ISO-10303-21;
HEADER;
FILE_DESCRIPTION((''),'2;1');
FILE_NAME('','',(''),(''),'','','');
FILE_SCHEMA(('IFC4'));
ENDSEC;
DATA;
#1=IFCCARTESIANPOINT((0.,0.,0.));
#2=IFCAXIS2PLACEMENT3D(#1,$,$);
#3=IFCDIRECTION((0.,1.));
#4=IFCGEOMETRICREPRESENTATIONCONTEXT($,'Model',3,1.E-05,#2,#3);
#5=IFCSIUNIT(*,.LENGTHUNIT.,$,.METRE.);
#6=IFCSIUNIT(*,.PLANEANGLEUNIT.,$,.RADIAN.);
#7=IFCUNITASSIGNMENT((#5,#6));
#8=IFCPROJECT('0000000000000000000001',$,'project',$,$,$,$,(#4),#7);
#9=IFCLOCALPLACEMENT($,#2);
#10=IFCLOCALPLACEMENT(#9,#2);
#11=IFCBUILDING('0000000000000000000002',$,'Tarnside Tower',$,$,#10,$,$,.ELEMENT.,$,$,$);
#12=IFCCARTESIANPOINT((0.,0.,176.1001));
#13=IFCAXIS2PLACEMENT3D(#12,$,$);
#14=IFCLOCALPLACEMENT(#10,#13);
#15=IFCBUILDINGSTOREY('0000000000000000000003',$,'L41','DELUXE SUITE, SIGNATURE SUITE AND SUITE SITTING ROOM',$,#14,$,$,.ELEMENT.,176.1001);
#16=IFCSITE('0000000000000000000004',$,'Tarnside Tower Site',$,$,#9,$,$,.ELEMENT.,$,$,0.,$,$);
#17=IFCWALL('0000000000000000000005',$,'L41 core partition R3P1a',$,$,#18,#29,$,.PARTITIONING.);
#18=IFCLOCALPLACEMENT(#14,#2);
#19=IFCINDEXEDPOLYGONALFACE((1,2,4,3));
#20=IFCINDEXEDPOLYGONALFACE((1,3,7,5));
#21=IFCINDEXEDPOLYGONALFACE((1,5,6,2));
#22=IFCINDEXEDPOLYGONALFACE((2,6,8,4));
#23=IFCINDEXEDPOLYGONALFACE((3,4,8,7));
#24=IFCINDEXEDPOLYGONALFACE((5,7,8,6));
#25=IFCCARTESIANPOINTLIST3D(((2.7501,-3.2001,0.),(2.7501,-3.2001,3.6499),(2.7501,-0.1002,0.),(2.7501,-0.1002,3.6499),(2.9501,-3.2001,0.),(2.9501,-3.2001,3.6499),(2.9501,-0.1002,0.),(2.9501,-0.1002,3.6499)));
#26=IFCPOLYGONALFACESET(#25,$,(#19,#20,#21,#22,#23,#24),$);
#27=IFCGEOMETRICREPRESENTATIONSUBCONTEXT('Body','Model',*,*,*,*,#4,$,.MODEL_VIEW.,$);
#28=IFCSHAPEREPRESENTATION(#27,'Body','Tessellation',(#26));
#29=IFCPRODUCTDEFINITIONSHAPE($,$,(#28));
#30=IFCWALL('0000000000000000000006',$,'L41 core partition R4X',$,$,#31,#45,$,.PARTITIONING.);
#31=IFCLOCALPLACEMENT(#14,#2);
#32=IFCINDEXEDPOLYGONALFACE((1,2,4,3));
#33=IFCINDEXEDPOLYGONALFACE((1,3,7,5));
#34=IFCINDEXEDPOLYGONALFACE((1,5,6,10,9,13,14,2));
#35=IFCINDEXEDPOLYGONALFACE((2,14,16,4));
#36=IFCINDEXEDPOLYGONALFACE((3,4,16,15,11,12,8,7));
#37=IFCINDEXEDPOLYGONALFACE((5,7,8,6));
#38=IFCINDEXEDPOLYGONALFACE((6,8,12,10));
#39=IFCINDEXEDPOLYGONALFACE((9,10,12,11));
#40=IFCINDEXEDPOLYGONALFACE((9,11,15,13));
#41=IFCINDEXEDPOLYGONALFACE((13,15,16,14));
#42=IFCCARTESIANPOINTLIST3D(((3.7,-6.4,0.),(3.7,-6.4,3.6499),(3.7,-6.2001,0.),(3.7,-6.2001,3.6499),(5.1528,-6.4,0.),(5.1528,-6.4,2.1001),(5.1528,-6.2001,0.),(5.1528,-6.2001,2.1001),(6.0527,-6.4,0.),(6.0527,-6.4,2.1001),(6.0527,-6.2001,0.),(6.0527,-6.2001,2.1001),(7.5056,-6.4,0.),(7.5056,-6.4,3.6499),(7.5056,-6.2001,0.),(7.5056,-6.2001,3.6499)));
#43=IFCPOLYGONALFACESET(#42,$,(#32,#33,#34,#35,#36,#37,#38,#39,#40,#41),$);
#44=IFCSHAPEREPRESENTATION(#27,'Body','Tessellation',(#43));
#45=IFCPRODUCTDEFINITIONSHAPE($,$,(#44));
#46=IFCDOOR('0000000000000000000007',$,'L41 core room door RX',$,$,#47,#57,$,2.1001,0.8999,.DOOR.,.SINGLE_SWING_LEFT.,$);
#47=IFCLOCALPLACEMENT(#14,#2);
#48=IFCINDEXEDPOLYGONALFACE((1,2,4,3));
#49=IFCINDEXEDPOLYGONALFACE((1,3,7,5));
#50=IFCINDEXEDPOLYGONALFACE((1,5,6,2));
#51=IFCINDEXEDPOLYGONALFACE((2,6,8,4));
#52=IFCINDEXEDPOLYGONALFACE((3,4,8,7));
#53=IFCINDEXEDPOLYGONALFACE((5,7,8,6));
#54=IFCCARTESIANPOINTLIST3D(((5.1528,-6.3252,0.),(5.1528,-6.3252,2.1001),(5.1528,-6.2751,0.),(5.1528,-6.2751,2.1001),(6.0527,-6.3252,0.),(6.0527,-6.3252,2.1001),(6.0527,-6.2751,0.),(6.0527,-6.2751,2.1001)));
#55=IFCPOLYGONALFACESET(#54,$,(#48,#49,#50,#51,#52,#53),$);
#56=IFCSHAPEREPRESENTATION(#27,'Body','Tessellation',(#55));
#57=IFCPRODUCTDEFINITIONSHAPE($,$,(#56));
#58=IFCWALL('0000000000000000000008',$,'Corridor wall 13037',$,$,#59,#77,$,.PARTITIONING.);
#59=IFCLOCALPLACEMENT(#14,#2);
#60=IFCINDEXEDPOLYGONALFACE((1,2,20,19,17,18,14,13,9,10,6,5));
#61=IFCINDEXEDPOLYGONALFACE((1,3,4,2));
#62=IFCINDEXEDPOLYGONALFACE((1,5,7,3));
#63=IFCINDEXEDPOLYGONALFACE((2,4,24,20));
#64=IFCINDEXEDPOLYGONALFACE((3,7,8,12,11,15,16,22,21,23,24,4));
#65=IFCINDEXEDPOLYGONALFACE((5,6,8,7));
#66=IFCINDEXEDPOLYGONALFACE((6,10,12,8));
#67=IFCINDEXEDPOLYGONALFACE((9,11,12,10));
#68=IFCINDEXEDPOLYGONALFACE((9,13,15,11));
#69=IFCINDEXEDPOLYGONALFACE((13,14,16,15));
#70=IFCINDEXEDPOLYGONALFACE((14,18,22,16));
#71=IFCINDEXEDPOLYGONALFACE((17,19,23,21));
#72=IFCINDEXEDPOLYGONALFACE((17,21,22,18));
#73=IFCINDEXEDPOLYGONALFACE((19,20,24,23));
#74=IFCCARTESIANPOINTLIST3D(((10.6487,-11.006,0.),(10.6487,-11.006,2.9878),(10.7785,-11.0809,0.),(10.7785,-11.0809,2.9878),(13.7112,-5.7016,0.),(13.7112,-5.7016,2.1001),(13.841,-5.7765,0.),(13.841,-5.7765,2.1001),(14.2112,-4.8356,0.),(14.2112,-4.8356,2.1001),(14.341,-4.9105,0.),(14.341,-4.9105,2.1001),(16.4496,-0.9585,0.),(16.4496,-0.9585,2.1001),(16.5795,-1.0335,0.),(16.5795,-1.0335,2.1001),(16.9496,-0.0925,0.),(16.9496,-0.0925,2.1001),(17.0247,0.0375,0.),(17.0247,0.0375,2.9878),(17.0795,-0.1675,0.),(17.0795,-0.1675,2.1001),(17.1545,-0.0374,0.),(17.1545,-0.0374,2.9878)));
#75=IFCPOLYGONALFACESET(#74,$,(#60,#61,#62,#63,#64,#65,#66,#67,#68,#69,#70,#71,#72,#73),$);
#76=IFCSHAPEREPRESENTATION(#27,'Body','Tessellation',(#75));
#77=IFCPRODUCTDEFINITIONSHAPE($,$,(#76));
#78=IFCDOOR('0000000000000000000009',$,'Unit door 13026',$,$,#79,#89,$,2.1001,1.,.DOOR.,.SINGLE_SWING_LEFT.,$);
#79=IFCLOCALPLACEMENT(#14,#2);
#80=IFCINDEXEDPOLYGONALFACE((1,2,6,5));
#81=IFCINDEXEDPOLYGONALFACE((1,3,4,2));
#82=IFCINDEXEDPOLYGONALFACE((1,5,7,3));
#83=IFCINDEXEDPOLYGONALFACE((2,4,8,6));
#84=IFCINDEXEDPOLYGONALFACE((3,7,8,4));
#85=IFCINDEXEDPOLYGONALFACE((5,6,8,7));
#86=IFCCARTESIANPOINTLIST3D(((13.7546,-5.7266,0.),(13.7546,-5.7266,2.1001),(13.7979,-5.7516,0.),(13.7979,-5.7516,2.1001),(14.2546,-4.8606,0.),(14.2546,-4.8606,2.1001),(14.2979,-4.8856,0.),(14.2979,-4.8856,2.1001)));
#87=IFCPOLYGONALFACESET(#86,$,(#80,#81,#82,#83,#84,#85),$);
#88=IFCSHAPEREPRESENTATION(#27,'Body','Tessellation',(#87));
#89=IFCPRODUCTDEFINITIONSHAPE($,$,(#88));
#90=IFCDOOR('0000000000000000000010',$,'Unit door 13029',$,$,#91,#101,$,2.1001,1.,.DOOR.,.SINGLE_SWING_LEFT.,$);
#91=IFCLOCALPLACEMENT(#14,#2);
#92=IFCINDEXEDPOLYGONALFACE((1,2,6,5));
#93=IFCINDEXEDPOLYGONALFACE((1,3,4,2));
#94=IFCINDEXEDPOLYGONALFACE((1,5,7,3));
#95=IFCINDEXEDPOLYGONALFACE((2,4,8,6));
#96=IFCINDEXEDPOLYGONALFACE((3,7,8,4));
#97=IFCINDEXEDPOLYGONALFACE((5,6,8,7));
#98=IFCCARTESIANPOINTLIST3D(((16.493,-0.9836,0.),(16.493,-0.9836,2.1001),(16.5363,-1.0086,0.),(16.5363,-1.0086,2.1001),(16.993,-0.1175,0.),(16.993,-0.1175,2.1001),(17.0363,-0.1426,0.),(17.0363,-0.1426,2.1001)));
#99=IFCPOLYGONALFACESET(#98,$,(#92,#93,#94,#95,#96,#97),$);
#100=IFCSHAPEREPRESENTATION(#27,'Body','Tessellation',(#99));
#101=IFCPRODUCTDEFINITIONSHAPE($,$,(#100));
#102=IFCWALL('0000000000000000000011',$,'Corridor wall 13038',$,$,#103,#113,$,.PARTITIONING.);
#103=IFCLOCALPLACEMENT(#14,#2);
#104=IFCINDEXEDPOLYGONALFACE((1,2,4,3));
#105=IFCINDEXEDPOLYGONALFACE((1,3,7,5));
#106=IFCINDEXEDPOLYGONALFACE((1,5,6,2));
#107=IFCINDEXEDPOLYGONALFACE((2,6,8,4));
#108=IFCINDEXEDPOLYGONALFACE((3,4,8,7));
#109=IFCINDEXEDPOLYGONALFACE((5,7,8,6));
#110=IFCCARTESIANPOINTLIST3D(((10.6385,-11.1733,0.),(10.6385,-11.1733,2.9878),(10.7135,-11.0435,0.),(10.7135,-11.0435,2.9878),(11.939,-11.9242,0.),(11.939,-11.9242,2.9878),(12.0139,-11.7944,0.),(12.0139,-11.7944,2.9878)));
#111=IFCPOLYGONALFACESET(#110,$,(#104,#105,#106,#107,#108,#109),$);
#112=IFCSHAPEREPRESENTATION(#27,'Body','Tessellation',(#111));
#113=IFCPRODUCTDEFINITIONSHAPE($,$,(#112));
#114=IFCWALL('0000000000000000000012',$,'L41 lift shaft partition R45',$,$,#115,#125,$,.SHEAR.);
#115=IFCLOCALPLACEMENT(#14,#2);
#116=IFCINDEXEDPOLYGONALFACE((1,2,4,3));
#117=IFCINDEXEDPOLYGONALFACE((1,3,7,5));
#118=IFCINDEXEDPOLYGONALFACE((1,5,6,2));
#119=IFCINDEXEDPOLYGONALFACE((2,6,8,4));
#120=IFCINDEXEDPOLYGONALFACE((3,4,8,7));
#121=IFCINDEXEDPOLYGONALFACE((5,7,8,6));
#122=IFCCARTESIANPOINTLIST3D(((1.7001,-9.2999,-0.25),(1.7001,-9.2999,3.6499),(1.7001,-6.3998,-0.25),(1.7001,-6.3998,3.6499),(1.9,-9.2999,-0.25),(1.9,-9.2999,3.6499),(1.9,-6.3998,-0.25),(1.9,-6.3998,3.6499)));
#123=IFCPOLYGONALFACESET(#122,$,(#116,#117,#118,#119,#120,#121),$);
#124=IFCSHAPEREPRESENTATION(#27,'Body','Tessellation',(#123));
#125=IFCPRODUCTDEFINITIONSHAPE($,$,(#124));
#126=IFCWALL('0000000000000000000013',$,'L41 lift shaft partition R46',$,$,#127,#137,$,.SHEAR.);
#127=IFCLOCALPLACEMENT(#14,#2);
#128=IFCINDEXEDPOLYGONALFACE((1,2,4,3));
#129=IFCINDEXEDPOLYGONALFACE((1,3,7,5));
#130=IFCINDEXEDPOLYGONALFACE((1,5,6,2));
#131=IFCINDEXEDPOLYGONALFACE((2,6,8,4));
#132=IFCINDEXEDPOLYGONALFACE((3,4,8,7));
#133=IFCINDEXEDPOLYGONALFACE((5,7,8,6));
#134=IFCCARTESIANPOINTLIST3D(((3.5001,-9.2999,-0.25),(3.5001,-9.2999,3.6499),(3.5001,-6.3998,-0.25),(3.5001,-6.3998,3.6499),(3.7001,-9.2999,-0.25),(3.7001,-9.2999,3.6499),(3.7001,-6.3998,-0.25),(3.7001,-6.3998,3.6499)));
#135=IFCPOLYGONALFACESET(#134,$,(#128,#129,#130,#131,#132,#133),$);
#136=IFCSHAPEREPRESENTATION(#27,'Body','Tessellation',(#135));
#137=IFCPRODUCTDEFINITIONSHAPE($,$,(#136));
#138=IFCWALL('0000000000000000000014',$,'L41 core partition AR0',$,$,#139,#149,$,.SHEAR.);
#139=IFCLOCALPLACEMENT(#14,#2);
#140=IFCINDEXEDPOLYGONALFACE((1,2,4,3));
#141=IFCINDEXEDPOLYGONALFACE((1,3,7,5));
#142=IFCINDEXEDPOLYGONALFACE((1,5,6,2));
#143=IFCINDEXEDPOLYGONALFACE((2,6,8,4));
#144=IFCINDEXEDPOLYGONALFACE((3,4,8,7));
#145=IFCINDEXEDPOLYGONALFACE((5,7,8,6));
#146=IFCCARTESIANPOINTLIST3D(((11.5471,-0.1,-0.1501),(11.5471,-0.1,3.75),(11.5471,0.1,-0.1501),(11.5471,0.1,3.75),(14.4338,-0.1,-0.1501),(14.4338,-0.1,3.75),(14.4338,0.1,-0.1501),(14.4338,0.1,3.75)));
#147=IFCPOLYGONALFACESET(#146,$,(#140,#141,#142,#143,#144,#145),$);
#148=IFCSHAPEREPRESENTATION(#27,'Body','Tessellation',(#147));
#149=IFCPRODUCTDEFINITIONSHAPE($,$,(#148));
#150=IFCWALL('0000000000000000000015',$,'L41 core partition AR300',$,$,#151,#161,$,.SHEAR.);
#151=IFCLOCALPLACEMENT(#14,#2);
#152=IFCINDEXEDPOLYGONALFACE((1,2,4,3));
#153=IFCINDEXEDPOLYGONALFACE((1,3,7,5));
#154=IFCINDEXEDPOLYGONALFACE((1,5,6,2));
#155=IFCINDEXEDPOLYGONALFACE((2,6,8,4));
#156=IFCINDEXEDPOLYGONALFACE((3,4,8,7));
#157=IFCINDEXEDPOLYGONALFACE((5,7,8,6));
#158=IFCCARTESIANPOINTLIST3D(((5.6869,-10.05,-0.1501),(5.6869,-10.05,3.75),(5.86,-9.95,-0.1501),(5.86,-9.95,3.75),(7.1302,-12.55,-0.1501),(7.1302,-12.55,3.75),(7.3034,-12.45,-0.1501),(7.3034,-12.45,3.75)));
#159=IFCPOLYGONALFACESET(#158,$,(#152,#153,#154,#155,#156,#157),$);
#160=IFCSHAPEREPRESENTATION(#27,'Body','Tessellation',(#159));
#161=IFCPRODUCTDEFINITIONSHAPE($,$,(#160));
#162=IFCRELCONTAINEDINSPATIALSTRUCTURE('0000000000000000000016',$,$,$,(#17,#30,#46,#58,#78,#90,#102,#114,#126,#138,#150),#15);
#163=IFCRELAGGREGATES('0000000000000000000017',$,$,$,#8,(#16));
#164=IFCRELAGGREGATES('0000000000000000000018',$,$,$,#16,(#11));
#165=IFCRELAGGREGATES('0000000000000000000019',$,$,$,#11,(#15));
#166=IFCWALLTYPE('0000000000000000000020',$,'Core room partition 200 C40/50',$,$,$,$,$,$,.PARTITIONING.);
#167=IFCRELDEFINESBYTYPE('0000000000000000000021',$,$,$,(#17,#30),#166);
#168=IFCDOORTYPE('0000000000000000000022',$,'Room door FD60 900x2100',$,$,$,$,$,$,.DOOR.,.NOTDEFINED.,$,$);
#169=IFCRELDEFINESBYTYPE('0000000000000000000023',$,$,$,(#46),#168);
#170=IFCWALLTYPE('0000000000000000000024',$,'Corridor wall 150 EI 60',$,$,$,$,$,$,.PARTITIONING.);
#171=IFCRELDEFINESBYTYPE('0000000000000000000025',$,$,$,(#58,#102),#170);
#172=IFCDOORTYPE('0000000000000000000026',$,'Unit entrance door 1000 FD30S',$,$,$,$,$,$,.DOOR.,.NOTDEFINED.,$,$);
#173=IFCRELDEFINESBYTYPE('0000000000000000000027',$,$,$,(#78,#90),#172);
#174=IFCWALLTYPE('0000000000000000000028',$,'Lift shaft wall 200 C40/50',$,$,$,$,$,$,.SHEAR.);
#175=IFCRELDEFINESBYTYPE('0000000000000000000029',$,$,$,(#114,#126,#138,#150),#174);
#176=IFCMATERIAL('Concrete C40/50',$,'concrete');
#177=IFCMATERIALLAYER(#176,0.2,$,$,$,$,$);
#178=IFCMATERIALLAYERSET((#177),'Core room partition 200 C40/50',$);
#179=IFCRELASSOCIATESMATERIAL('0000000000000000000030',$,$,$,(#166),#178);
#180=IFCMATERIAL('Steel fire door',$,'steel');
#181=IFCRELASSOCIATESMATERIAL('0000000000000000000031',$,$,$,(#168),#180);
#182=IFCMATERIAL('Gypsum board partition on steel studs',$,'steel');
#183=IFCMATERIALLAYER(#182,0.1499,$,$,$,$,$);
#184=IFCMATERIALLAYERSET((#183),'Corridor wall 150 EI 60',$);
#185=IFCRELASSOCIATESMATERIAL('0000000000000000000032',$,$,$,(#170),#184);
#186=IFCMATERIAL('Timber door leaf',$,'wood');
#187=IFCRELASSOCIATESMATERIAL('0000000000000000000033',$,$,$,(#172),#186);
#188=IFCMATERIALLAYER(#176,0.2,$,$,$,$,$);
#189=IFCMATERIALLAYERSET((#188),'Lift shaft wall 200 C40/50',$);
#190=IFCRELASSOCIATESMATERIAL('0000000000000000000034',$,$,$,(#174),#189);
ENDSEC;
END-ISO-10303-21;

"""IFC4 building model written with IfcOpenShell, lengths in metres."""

from ifc_helpers import new_model, si_unit, direction, frame, frame_2d, origin, place, context, subcontext, project, spatial, rectangle, extrude, material, layer, layer_set, type_object, element, fill, save


model = new_model("IFC4")

# Units and contexts
model_context = context("Model", 3, precision=1e-05, world=origin(), true_north=direction((0.0, 1.0)))
body_context = subcontext(model_context, "Body", "Model", "MODEL_VIEW")
ifc_project = project(units=[si_unit("LENGTHUNIT", "METRE"), si_unit("PLANEANGLEUNIT", "RADIAN")], contexts=[model_context])

# Site, building, storey
site_placement = place(None, origin())
site = spatial("IfcSite", under=ifc_project, at=site_placement, Name="Tarnside Tower Site", CompositionType="ELEMENT", RefElevation=0.0)
building_placement = place(site_placement, origin())
building = spatial("IfcBuilding", under=site, at=building_placement, Name="Tarnside Tower", CompositionType="ELEMENT")
storey_placement = place(building_placement, frame((0.0, 0.0, 176.1001)))
storey = spatial("IfcBuildingStorey", under=building, at=storey_placement, Name="L41", Description="DELUXE SUITE, SIGNATURE SUITE AND SUITE SITTING ROOM", CompositionType="ELEMENT", Elevation=176.1001)

# Shared definitions
ifc_material_1 = material(Name="Concrete C40/50", Category="concrete")

# Shared definitions
ifc_material_2 = material(Name="Gypsum board partition on steel studs", Category="steel")
ifc_material_3 = material(Name="Timber door leaf", Category="wood")
ifc_material_4 = material(Name="Steel fire door", Category="steel")
ifc_layer_1 = layer(ifc_material_1, 0.2)
ifc_layer_set_1 = layer_set([ifc_layer_1], Name="Core room partition 200 C40/50")
wall_type_1 = type_object("IfcWallType", Name="Core room partition 200 C40/50", PredefinedType="PARTITIONING", material=ifc_layer_set_1)
door_type_1 = type_object("IfcDoorType", Name="Room door FD60 900x2100", OperationType="NOTDEFINED", PredefinedType="DOOR", material=ifc_material_4)

# Wall
wall_1_placement = place(storey_placement, frame((2.8501, -3.2, 0.0), z_axis=(0.0, 0.0, 1.0), x_axis=(0.0, 1.0, 0.0)))
element("IfcWall", 1, at=wall_1_placement, inside=storey, type_object=wall_type_1, Name="L41 core partition R3P1a", PredefinedType="PARTITIONING", context=body_context, shape_type="SweptSolid", body=[
    extrude(rectangle(XDim=3.0999, YDim=0.2, at=frame_2d((1.5498, 0.0))), origin(), (0.0, 0.0, 1.0), 3.6499),
])

# Wall, opening, door
wall_2_placement = place(storey_placement, frame((3.7, -6.3, 0.0), z_axis=(0.0, 0.0, 1.0), x_axis=(1.0, 0.0, 0.0)))
wall_2 = element("IfcWall", 2, at=wall_2_placement, inside=storey, type_object=wall_type_1, Name="L41 core partition R4X", PredefinedType="PARTITIONING", context=body_context, shape_type="SweptSolid", body=[
    extrude(rectangle(XDim=3.8057, YDim=0.2, at=frame_2d((1.9028, 0.0))), origin(), (0.0, 0.0, 1.0), 3.6499),
])
opening_1_placement = place(wall_2_placement, frame((1.4529, 0.0, 0.0)))
opening_1 = element("IfcOpeningElement", 3, at=opening_1_placement, cuts=wall_2, PredefinedType="OPENING", context=body_context, shape_type="SweptSolid", body=[
    extrude(rectangle(XDim=0.8999, YDim=2.1001, at=frame_2d((0.45, 1.05))), frame((0.0, 0.1099, 0.0), z_axis=(0.0, -1.0, 0.0), x_axis=(1.0, 0.0, 0.0)), (0.0, 0.0, 1.0), 0.22),
])
door_1_placement = place(opening_1_placement, origin())
door_1 = element("IfcDoor", 4, at=door_1_placement, inside=storey, type_object=door_type_1, Name="L41 core room door RX", OperationType="SINGLE_SWING_LEFT", OverallHeight=2.1001, OverallWidth=0.8999, PredefinedType="DOOR", context=body_context, shape_type="SweptSolid", body=[
    extrude(rectangle(XDim=0.8999, YDim=2.1001, at=frame_2d((0.45, 1.05))), frame((0.0, 0.0249, 0.0), z_axis=(0.0, -1.0, 0.0), x_axis=(1.0, 0.0, 0.0)), (0.0, 0.0, 1.0), 0.05),
])
fill(opening_1, door_1)

# Wall, openings, doors
ifc_layer_2 = layer(ifc_material_2, 0.1499)
ifc_layer_set_2 = layer_set([ifc_layer_2], Name="Corridor wall 150 EI 60")
wall_type_2 = type_object("IfcWallType", Name="Corridor wall 150 EI 60", PredefinedType="PARTITIONING", material=ifc_layer_set_2)
wall_3_placement = place(storey_placement, frame((10.7136, -11.0435, 0.0), z_axis=(0.0, 0.0, 1.0), x_axis=(0.500002, 0.866024, 0.0)))
wall_3 = element("IfcWall", 5, at=wall_3_placement, inside=storey, type_object=wall_type_2, Name="Corridor wall 13037", PredefinedType="PARTITIONING", context=body_context, shape_type="SweptSolid", body=[
    extrude(rectangle(XDim=12.752, YDim=0.1499, at=frame_2d((6.376, 0.0))), origin(), (0.0, 0.0, 1.0), 2.9878),
])
opening_2_placement = place(wall_3_placement, frame((6.125, 0.0, 0.0)))
opening_2 = element("IfcOpeningElement", 6, at=opening_2_placement, cuts=wall_3, PredefinedType="OPENING", context=body_context, shape_type="SweptSolid", body=[
    extrude(rectangle(XDim=1.0, YDim=2.1001, at=frame_2d((0.5, 1.05))), frame((0.0, 0.085, 0.0), z_axis=(0.0, -1.0, 0.0), x_axis=(1.0, 0.0, 0.0)), (0.0, 0.0, 1.0), 0.1699),
])
opening_3_placement = place(wall_3_placement, frame((11.6018, 0.0, 0.0)))
opening_3 = element("IfcOpeningElement", 7, at=opening_3_placement, cuts=wall_3, PredefinedType="OPENING", context=body_context, shape_type="SweptSolid", body=[
    extrude(rectangle(XDim=1.0, YDim=2.1001, at=frame_2d((0.5, 1.05))), frame((0.0, 0.085, 0.0), z_axis=(0.0, -1.0, 0.0), x_axis=(1.0, 0.0, 0.0)), (0.0, 0.0, 1.0), 0.1699),
])
door_type_2 = type_object("IfcDoorType", Name="Unit entrance door 1000 FD30S", OperationType="NOTDEFINED", PredefinedType="DOOR", material=ifc_material_3)
door_2_placement = place(opening_2_placement, origin())
door_2 = element("IfcDoor", 8, at=door_2_placement, inside=storey, type_object=door_type_2, Name="Unit door 13026", OperationType="SINGLE_SWING_LEFT", OverallHeight=2.1001, OverallWidth=1.0, PredefinedType="DOOR", context=body_context, shape_type="SweptSolid", body=[
    extrude(rectangle(XDim=1.0, YDim=2.1001, at=frame_2d((0.5, 1.05))), frame((0.0, 0.0249, 0.0), z_axis=(0.0, -1.0, 0.0), x_axis=(1.0, 0.0, 0.0)), (0.0, 0.0, 1.0), 0.05),
])
fill(opening_2, door_2)
door_3_placement = place(opening_3_placement, origin())
door_3 = element("IfcDoor", 9, at=door_3_placement, inside=storey, type_object=door_type_2, Name="Unit door 13029", OperationType="SINGLE_SWING_LEFT", OverallHeight=2.1001, OverallWidth=1.0, PredefinedType="DOOR", context=body_context, shape_type="SweptSolid", body=[
    extrude(rectangle(XDim=1.0, YDim=2.1001, at=frame_2d((0.5, 1.05))), frame((0.0, 0.0249, 0.0), z_axis=(0.0, -1.0, 0.0), x_axis=(1.0, 0.0, 0.0)), (0.0, 0.0, 1.0), 0.05),
])
fill(opening_3, door_3)

# Walls
wall_4_placement = place(storey_placement, frame((11.9766, -11.8594, 0.0), z_axis=(0.0, 0.0, 1.0), x_axis=(-0.865993, 0.500055, 0.0)))
element("IfcWall", 10, at=wall_4_placement, inside=storey, type_object=wall_type_2, Name="Corridor wall 13038", PredefinedType="PARTITIONING", context=body_context, shape_type="SweptSolid", body=[
    extrude(rectangle(XDim=1.5017, YDim=0.1499, at=frame_2d((0.751, 0.0))), origin(), (0.0, 0.0, 1.0), 2.9878),
])
ifc_layer_3 = layer(ifc_material_1, 0.2)
ifc_layer_set_3 = layer_set([ifc_layer_3], Name="Lift shaft wall 200 C40/50")
wall_type_3 = type_object("IfcWallType", Name="Lift shaft wall 200 C40/50", PredefinedType="SHEAR", material=ifc_layer_set_3)
for number, where, z_axis, x_axis, name in (
    (11, (1.8, -9.3, -0.25), (0.0, 0.0, 1.0), (0.0, 1.0, 0.0), "L41 lift shaft partition R45"),
    (12, (3.6001, -9.3, -0.25), (0.0, 0.0, 1.0), (0.0, 1.0, 0.0), "L41 lift shaft partition R46"),
):
    element("IfcWall", number, at=place(storey_placement, frame(where, z_axis=z_axis, x_axis=x_axis)), inside=storey, type_object=wall_type_3, Name=name, PredefinedType="SHEAR", context=body_context, shape_type="SweptSolid", body=[
        extrude(rectangle(XDim=2.9001, YDim=0.2, at=frame_2d((1.4502, 0.0))), origin(), (0.0, 0.0, 1.0), 3.8999),
    ])
for number, where, z_axis, x_axis, name in (
    (13, (11.5471, 0.0, -0.1501), (0.0, 0.0, 1.0), (1.0, 0.0, 0.0), "L41 core partition AR0"),
    (14, (5.7734, -10.0, -0.1501), (0.0, 0.0, 1.0), (0.499996, -0.866028, 0.0), "L41 core partition AR300"),
):
    element("IfcWall", number, at=place(storey_placement, frame(where, z_axis=z_axis, x_axis=x_axis)), inside=storey, type_object=wall_type_3, Name=name, PredefinedType="SHEAR", context=body_context, shape_type="SweptSolid", body=[
        extrude(rectangle(XDim=2.8867, YDim=0.2, at=frame_2d((1.4434, 0.0))), origin(), (0.0, 0.0, 1.0), 3.9001),
    ])

save(model, "model.ifc")
